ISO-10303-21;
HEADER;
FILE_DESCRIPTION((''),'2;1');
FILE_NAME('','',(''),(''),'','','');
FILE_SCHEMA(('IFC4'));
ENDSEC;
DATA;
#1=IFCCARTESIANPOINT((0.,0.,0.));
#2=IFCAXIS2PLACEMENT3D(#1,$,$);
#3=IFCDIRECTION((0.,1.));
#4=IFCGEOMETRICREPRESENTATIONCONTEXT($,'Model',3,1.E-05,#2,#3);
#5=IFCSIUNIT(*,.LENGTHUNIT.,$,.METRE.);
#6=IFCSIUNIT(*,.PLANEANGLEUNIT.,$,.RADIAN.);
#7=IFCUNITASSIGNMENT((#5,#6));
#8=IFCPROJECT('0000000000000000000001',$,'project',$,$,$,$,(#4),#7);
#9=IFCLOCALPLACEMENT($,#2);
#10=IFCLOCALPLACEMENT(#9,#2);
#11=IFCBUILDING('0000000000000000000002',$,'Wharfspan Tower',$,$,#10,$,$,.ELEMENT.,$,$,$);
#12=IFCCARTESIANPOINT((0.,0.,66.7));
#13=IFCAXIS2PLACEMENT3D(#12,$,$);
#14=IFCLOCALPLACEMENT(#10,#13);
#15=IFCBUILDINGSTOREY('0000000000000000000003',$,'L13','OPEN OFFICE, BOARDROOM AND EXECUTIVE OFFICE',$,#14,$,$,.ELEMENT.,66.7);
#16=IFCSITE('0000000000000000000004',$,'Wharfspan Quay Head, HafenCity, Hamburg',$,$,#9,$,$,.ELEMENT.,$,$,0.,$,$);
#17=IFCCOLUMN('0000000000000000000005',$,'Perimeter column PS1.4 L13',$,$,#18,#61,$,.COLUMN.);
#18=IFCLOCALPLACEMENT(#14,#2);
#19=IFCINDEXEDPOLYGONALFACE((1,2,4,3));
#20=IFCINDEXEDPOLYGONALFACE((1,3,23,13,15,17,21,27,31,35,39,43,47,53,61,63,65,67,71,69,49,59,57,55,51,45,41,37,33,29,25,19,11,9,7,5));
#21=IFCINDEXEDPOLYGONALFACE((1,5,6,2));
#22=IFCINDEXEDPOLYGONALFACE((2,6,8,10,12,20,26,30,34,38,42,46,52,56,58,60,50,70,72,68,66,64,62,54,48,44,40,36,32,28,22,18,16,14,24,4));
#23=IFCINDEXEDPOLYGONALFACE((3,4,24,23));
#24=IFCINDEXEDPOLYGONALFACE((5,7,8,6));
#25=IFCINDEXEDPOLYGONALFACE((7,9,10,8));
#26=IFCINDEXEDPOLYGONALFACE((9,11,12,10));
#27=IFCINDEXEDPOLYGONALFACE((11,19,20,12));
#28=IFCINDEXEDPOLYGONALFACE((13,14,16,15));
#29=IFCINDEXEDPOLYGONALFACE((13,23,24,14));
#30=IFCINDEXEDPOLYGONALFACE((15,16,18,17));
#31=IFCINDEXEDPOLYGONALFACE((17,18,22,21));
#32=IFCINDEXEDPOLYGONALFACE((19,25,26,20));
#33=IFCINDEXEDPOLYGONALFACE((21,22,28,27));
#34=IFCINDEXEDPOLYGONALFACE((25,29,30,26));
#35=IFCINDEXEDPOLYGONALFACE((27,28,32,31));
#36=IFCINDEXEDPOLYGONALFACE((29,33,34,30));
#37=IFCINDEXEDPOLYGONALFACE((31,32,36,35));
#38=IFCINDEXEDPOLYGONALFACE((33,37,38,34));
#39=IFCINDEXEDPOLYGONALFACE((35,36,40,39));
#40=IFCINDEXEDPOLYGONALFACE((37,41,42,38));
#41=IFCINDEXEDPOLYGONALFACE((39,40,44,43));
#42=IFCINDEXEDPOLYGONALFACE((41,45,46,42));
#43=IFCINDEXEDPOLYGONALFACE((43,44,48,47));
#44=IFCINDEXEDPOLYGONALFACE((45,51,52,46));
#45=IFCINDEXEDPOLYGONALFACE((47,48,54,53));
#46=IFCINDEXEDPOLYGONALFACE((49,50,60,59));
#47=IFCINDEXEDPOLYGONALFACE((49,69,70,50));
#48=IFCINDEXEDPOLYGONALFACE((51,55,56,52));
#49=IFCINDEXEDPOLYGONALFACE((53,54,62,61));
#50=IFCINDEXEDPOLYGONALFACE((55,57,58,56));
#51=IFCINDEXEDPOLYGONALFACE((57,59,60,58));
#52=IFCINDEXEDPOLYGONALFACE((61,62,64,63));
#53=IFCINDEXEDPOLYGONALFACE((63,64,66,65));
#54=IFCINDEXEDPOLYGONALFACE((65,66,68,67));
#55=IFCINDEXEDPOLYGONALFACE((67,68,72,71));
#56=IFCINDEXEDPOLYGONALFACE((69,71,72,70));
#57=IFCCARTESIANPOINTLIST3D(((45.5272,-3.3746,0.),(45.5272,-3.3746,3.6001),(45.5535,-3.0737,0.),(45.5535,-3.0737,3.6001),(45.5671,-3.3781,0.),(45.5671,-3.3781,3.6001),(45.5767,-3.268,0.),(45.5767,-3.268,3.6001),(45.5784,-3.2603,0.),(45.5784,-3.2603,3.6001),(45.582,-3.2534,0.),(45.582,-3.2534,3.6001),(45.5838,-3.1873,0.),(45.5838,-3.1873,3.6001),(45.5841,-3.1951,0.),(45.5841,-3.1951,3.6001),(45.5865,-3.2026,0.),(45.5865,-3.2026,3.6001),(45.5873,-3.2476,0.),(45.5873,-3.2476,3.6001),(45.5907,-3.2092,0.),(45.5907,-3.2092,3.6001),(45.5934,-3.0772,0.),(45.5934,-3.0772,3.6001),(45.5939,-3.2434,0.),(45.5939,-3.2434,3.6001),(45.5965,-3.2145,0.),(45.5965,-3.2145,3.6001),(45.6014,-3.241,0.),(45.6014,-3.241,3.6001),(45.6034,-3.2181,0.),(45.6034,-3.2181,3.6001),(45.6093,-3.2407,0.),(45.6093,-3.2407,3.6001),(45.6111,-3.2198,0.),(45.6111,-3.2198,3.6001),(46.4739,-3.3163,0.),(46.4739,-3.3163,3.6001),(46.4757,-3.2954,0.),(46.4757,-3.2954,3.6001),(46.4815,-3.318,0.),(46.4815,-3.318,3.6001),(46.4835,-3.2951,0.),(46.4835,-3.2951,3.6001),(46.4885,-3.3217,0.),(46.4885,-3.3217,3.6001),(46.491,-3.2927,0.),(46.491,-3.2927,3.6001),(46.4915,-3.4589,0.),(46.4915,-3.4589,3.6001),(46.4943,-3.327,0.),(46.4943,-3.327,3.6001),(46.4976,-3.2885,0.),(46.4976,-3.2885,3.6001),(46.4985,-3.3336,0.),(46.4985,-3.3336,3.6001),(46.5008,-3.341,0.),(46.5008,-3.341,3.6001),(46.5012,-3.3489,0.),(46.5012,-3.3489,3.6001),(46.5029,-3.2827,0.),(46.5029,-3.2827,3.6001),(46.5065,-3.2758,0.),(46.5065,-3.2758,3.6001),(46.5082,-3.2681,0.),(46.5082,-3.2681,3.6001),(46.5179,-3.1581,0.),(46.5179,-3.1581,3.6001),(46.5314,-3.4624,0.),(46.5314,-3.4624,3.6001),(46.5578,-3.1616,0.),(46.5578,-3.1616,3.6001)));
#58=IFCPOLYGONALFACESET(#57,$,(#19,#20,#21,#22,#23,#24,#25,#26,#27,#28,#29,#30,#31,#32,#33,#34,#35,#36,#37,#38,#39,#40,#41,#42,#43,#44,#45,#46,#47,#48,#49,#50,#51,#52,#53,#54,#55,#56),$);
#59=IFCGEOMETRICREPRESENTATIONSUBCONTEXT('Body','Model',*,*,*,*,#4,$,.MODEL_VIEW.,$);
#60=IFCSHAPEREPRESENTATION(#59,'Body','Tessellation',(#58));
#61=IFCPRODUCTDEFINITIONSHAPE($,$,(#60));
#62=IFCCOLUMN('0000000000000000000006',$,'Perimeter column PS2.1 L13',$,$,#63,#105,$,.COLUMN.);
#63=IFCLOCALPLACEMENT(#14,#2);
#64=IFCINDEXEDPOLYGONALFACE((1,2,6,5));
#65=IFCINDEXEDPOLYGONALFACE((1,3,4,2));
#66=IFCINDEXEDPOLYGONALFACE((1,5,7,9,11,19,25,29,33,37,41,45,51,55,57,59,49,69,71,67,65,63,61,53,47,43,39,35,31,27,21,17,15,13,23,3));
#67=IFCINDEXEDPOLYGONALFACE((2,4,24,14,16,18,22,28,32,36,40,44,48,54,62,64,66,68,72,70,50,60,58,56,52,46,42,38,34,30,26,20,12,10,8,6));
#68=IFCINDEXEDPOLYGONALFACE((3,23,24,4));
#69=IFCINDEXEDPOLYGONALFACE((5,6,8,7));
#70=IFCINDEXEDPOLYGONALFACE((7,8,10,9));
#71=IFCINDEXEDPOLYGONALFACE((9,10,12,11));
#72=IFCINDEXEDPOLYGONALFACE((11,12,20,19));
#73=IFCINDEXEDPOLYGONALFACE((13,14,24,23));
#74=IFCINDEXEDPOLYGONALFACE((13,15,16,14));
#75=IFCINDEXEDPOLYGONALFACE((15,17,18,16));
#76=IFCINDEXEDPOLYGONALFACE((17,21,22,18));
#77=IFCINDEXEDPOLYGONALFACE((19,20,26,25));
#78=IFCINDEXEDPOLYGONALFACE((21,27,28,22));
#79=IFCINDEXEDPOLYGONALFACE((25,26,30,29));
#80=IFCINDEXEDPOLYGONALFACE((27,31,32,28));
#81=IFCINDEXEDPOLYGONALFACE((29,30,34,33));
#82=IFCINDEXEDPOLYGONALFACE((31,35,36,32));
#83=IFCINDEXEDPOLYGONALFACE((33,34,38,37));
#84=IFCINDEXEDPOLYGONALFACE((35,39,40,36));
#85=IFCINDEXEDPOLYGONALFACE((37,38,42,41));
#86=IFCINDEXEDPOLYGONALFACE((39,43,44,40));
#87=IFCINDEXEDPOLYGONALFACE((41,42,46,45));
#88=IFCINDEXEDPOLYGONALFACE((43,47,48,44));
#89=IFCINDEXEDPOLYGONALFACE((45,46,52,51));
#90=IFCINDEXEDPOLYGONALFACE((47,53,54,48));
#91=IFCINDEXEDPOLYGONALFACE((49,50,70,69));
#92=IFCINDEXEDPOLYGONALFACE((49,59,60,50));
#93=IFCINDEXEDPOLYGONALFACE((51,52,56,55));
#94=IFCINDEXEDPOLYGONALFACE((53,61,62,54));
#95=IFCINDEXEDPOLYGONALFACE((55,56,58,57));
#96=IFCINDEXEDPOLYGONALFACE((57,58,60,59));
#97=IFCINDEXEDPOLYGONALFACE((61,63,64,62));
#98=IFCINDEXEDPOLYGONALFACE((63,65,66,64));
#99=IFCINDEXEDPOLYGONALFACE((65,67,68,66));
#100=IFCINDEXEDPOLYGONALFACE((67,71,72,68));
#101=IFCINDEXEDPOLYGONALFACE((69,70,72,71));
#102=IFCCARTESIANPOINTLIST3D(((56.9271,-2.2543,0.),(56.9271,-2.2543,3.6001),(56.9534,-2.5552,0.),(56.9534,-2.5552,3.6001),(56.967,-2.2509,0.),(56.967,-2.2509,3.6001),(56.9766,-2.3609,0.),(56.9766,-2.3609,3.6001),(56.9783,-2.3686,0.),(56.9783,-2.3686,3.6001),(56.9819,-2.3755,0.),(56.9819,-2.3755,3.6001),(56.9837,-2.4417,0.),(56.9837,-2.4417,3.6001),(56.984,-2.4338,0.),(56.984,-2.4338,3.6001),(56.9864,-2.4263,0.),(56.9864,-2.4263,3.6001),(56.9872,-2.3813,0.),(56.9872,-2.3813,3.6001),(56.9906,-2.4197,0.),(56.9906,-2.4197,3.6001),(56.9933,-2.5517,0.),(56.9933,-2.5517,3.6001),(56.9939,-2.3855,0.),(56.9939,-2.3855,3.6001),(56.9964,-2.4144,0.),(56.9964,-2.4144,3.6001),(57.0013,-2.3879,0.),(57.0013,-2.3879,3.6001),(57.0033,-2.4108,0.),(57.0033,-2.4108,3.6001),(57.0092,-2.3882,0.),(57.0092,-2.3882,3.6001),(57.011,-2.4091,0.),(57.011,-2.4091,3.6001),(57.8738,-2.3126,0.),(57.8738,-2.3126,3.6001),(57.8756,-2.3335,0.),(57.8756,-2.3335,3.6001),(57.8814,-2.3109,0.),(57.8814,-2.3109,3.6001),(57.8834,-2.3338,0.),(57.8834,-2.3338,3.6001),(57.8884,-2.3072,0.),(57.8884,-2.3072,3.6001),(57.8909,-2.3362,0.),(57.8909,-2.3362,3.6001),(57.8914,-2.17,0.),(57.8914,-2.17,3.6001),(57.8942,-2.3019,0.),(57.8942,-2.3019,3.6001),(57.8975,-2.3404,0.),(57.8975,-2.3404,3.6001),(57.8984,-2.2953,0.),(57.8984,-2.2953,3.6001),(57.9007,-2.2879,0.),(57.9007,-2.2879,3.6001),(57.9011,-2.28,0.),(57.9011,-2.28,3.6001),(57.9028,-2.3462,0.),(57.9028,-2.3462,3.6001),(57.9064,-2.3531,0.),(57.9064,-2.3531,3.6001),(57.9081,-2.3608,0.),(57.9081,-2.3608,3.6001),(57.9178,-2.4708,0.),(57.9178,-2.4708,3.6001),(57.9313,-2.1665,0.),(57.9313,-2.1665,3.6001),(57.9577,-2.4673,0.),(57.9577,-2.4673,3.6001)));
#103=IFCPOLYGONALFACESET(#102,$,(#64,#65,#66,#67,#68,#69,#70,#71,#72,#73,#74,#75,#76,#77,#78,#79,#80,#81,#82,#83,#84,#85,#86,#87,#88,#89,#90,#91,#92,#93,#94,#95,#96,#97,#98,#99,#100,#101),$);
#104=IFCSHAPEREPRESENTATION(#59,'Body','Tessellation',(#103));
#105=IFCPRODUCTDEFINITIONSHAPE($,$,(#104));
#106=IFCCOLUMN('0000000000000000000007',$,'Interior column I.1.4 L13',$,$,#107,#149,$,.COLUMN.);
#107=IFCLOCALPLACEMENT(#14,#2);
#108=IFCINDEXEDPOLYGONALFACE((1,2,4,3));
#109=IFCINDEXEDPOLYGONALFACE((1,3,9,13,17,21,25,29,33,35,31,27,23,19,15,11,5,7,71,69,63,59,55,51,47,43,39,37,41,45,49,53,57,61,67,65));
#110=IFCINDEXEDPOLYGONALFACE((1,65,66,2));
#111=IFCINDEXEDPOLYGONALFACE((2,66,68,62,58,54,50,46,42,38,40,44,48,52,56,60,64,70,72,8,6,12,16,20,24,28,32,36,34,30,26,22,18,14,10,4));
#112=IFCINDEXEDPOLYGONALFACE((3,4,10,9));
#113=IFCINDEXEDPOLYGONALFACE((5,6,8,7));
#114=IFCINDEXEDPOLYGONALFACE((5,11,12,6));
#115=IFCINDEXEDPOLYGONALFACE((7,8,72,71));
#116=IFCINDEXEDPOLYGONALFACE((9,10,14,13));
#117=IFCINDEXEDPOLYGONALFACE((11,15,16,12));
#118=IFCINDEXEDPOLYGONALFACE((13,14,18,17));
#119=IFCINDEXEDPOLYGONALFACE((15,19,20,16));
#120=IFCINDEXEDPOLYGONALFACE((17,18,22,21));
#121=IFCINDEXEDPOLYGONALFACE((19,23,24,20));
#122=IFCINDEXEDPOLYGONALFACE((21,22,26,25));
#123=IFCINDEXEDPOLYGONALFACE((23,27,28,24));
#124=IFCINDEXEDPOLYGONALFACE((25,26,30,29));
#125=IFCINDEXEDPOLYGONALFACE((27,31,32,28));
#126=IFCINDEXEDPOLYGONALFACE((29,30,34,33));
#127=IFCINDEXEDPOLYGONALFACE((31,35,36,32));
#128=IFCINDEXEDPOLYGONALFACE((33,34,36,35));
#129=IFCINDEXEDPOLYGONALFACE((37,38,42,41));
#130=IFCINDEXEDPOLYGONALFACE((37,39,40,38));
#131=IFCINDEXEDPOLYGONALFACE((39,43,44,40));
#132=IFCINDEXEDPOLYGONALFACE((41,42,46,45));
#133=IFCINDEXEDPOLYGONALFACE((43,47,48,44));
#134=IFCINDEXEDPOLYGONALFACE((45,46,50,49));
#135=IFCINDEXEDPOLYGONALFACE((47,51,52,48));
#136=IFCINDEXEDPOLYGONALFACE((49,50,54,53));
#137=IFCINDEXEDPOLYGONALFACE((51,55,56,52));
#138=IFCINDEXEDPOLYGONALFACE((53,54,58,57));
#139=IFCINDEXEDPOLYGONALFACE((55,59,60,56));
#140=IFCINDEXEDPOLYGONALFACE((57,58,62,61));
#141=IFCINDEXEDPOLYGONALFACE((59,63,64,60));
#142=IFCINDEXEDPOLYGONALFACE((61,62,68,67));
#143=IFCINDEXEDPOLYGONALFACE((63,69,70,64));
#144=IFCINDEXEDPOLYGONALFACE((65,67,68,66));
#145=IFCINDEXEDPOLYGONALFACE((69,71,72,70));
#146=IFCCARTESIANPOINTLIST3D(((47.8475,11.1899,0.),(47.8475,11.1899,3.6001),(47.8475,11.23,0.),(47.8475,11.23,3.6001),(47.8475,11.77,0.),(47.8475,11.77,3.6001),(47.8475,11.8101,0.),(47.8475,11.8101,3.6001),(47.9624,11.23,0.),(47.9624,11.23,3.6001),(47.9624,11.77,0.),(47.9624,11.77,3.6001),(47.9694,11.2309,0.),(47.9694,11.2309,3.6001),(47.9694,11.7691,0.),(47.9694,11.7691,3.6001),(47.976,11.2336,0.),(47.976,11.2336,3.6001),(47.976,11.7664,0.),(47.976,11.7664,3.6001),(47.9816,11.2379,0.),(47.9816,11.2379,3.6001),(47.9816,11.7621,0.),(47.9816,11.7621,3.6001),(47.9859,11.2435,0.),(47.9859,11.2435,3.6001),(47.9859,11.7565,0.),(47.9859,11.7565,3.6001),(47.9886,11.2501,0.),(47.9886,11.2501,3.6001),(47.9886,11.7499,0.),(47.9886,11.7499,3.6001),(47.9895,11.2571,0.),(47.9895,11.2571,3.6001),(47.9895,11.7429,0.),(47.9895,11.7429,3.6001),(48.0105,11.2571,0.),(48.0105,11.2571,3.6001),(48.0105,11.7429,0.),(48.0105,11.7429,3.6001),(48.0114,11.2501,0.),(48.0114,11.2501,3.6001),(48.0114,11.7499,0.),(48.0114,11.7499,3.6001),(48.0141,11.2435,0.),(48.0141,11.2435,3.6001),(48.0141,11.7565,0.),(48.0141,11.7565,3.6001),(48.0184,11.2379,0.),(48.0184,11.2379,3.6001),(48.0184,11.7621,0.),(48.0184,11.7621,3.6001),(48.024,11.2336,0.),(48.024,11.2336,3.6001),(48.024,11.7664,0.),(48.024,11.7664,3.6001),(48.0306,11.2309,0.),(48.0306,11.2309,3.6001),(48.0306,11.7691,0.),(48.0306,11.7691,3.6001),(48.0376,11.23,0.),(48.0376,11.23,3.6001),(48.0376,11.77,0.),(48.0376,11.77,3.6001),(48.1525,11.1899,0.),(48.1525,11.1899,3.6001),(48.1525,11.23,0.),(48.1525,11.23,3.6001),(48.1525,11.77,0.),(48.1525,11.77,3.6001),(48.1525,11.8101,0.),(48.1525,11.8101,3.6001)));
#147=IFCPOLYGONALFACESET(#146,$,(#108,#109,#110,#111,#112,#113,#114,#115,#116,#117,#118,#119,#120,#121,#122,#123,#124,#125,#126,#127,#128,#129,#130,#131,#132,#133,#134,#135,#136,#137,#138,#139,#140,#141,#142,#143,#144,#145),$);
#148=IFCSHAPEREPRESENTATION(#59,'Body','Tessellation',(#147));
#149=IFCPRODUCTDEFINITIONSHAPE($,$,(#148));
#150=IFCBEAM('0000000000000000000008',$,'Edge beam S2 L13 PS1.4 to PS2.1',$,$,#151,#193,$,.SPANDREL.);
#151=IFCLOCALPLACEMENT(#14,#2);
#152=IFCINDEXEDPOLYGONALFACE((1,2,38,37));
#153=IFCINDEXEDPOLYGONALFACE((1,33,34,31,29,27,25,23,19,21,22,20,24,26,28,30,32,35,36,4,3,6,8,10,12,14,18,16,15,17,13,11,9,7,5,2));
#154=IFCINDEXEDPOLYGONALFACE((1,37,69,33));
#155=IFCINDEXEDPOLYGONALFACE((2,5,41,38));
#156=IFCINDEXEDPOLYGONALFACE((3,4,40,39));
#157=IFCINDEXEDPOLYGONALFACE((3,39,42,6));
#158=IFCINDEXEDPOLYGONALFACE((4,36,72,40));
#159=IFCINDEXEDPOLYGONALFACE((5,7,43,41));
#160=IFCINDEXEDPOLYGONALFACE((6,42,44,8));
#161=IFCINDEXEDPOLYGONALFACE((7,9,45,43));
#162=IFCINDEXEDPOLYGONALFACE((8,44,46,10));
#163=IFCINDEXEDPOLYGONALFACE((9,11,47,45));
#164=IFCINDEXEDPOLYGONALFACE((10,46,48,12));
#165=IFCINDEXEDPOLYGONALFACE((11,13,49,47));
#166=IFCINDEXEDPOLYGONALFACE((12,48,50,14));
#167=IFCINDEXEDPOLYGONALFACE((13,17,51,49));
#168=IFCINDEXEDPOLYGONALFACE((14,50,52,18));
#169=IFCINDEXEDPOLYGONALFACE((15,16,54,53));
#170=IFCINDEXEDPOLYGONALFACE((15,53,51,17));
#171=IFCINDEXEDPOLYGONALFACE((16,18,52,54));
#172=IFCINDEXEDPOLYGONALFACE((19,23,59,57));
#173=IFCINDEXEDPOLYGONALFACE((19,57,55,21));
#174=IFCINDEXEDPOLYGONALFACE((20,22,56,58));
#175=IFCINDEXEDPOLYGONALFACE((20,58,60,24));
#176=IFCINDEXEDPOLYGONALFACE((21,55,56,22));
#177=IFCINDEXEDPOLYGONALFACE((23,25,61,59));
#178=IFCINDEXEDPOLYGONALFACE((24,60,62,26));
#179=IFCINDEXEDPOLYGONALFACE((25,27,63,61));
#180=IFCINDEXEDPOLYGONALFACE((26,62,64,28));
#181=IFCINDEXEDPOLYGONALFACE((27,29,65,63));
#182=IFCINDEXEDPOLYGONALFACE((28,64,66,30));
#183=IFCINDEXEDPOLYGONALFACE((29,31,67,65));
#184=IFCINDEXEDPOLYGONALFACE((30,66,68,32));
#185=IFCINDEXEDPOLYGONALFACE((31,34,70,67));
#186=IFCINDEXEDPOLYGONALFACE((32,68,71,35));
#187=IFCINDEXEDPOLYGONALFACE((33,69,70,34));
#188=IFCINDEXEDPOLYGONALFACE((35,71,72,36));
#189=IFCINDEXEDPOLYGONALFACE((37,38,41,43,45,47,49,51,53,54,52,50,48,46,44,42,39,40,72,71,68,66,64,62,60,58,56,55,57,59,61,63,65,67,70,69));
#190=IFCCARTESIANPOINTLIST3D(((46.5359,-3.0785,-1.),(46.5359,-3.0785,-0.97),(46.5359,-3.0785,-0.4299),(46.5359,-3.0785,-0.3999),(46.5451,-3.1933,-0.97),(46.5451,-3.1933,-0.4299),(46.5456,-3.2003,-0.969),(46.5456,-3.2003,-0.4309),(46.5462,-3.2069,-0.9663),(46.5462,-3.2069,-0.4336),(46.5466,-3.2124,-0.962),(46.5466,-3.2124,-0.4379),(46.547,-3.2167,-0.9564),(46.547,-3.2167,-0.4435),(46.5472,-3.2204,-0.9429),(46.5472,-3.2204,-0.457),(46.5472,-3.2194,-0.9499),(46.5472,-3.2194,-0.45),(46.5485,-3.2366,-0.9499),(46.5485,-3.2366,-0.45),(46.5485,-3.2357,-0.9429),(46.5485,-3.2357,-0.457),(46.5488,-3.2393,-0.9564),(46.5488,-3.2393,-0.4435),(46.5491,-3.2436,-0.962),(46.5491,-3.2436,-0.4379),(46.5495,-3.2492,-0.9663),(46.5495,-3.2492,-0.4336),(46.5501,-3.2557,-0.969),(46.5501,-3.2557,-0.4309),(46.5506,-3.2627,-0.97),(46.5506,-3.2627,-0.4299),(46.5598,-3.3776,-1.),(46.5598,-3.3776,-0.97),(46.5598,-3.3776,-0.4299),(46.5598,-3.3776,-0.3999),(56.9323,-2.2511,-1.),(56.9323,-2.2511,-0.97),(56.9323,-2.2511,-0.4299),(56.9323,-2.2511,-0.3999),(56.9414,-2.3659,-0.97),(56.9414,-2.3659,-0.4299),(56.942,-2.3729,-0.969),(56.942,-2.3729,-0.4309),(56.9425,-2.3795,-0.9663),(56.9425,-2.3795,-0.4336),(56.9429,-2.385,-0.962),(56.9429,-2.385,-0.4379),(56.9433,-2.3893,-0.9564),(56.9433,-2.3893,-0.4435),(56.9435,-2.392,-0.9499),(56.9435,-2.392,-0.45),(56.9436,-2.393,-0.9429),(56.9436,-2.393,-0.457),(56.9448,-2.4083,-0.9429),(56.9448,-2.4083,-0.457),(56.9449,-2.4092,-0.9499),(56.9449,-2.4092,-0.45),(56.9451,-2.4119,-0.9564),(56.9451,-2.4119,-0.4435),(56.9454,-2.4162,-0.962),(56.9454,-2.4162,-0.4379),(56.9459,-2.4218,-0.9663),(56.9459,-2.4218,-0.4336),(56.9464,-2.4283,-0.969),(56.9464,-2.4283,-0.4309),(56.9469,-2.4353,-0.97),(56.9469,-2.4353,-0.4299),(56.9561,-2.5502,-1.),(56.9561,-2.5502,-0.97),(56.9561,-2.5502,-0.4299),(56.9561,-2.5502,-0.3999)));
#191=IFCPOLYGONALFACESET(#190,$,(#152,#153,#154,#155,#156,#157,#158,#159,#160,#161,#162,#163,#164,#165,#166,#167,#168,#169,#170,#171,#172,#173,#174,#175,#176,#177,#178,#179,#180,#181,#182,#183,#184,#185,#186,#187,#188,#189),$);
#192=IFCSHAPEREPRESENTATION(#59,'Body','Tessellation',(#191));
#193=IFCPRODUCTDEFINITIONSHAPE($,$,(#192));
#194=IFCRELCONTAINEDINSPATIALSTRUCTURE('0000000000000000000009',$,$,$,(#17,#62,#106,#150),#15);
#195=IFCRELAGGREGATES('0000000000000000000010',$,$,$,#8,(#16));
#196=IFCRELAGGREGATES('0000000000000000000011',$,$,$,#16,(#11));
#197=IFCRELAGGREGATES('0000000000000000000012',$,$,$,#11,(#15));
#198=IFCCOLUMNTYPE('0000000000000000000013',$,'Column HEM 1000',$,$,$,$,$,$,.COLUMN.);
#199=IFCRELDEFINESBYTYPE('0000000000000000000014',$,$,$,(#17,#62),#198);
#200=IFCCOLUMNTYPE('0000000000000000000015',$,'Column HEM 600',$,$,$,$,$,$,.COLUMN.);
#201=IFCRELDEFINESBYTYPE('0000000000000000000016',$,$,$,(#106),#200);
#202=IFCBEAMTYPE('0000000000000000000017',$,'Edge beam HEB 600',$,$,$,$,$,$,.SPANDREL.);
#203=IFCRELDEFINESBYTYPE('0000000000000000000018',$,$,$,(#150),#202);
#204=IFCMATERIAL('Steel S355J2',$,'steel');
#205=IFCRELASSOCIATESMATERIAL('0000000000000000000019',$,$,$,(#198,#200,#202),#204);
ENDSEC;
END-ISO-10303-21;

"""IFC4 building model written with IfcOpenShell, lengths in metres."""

from ifc_helpers import new_model, si_unit, direction, frame, origin, origin_2d, place, context, subcontext, project, spatial, i_section, extrude, material, material_profile, profile_set, type_object, element, save


model = new_model("IFC4")

# Units and contexts
model_context = context("Model", 3, precision=1e-05, world=origin(), true_north=direction((0.0, 1.0)))
body_context = subcontext(model_context, "Body", "Model", "MODEL_VIEW")
ifc_project = project(units=[si_unit("LENGTHUNIT", "METRE"), si_unit("PLANEANGLEUNIT", "RADIAN")], contexts=[model_context])

# Site, building, storey
site_placement = place(None, origin())
site = spatial("IfcSite", under=ifc_project, at=site_placement, Name="Wharfspan Quay Head, HafenCity, Hamburg", CompositionType="ELEMENT", RefElevation=0.0)
building_placement = place(site_placement, origin())
building = spatial("IfcBuilding", under=site, at=building_placement, Name="Wharfspan Tower", CompositionType="ELEMENT")
storey_placement = place(building_placement, frame((0.0, 0.0, 66.7)))
storey = spatial("IfcBuildingStorey", under=building, at=storey_placement, Name="L13", Description="OPEN OFFICE, BOARDROOM AND EXECUTIVE OFFICE", CompositionType="ELEMENT", Elevation=66.7)

# Columns
ifc_material_1 = material(Name="Steel S355J2", Category="steel")
ifc_material_profile_1 = material_profile(ifc_material_1, i_section(OverallWidth=0.302, OverallDepth=1.0081, WebThickness=0.021, FlangeThickness=0.04, FilletRadius=0.03, at=origin_2d()))
ifc_profile_set_1 = profile_set([ifc_material_profile_1], Name="Steel S355J2")
column_type_1 = type_object("IfcColumnType", Name="Column HEM 1000", PredefinedType="COLUMN", material=ifc_profile_set_1)
for number, where, z_axis, x_axis, name in (
    (1, (46.0425, -3.2681, 0.0), (0.0, 0.0, 1.0), (-0.087156, -0.996198, 0.0), "Perimeter column PS1.4 L13"),
    (2, (57.4424, -2.3608, 0.0), (0.0, 0.0, 1.0), (0.087156, -0.996198, 0.0), "Perimeter column PS2.1 L13"),
):
    element("IfcColumn", number, at=place(storey_placement, frame(where, z_axis=z_axis, x_axis=x_axis)), inside=storey, type_object=column_type_1, Name=name, PredefinedType="COLUMN", context=body_context, shape_type="SweptSolid", body=[
        extrude(i_section(OverallWidth=0.302, OverallDepth=1.0081, WebThickness=0.021, FlangeThickness=0.04, FilletRadius=0.03, at=origin_2d()), origin(), (0.0, 0.0, 1.0), 3.6001),
    ])
ifc_material_profile_2 = material_profile(ifc_material_1, i_section(OverallWidth=0.3049, OverallDepth=0.6201, WebThickness=0.021, FlangeThickness=0.04, FilletRadius=0.0271, at=origin_2d()))
ifc_profile_set_2 = profile_set([ifc_material_profile_2], Name="Steel S355J2")
column_type_2 = type_object("IfcColumnType", Name="Column HEM 600", PredefinedType="COLUMN", material=ifc_profile_set_2)
column_placement = place(storey_placement, frame((48.0, 11.5, 0.0), z_axis=(0.0, 0.0, 1.0), x_axis=(1.0, 0.0, 0.0)))
element("IfcColumn", 3, at=column_placement, inside=storey, type_object=column_type_2, Name="Interior column I.1.4 L13", PredefinedType="COLUMN", context=body_context, shape_type="SweptSolid", body=[
    extrude(i_section(OverallWidth=0.3049, OverallDepth=0.6201, WebThickness=0.021, FlangeThickness=0.04, FilletRadius=0.0271, at=origin_2d()), origin(), (0.0, 0.0, 1.0), 3.6001),
])

# Beam
ifc_material_profile_3 = material_profile(ifc_material_1, i_section(OverallWidth=0.3, OverallDepth=0.6001, WebThickness=0.0154, FlangeThickness=0.03, FilletRadius=0.0271, at=origin_2d()))
ifc_profile_set_3 = profile_set([ifc_material_profile_3], Name="Steel S355J2")
beam_type = type_object("IfcBeamType", Name="Edge beam HEB 600", PredefinedType="SPANDREL", material=ifc_profile_set_3)
beam_placement = place(storey_placement, frame((46.5479, -3.228, -0.7), z_axis=(0.996848, 0.079335, 0.0), x_axis=(-0.079335, 0.996848, 0.0)))
element("IfcBeam", 4, at=beam_placement, inside=storey, type_object=beam_type, Name="Edge beam S2 L13 PS1.4 to PS2.1", PredefinedType="SPANDREL", context=body_context, shape_type="SweptSolid", body=[
    extrude(i_section(OverallWidth=0.3, OverallDepth=0.6001, WebThickness=0.0154, FlangeThickness=0.03, FilletRadius=0.0271, at=origin_2d()), origin(), (0.0, 0.0, 1.0), 10.4292),
])

save(model, "model.ifc")
